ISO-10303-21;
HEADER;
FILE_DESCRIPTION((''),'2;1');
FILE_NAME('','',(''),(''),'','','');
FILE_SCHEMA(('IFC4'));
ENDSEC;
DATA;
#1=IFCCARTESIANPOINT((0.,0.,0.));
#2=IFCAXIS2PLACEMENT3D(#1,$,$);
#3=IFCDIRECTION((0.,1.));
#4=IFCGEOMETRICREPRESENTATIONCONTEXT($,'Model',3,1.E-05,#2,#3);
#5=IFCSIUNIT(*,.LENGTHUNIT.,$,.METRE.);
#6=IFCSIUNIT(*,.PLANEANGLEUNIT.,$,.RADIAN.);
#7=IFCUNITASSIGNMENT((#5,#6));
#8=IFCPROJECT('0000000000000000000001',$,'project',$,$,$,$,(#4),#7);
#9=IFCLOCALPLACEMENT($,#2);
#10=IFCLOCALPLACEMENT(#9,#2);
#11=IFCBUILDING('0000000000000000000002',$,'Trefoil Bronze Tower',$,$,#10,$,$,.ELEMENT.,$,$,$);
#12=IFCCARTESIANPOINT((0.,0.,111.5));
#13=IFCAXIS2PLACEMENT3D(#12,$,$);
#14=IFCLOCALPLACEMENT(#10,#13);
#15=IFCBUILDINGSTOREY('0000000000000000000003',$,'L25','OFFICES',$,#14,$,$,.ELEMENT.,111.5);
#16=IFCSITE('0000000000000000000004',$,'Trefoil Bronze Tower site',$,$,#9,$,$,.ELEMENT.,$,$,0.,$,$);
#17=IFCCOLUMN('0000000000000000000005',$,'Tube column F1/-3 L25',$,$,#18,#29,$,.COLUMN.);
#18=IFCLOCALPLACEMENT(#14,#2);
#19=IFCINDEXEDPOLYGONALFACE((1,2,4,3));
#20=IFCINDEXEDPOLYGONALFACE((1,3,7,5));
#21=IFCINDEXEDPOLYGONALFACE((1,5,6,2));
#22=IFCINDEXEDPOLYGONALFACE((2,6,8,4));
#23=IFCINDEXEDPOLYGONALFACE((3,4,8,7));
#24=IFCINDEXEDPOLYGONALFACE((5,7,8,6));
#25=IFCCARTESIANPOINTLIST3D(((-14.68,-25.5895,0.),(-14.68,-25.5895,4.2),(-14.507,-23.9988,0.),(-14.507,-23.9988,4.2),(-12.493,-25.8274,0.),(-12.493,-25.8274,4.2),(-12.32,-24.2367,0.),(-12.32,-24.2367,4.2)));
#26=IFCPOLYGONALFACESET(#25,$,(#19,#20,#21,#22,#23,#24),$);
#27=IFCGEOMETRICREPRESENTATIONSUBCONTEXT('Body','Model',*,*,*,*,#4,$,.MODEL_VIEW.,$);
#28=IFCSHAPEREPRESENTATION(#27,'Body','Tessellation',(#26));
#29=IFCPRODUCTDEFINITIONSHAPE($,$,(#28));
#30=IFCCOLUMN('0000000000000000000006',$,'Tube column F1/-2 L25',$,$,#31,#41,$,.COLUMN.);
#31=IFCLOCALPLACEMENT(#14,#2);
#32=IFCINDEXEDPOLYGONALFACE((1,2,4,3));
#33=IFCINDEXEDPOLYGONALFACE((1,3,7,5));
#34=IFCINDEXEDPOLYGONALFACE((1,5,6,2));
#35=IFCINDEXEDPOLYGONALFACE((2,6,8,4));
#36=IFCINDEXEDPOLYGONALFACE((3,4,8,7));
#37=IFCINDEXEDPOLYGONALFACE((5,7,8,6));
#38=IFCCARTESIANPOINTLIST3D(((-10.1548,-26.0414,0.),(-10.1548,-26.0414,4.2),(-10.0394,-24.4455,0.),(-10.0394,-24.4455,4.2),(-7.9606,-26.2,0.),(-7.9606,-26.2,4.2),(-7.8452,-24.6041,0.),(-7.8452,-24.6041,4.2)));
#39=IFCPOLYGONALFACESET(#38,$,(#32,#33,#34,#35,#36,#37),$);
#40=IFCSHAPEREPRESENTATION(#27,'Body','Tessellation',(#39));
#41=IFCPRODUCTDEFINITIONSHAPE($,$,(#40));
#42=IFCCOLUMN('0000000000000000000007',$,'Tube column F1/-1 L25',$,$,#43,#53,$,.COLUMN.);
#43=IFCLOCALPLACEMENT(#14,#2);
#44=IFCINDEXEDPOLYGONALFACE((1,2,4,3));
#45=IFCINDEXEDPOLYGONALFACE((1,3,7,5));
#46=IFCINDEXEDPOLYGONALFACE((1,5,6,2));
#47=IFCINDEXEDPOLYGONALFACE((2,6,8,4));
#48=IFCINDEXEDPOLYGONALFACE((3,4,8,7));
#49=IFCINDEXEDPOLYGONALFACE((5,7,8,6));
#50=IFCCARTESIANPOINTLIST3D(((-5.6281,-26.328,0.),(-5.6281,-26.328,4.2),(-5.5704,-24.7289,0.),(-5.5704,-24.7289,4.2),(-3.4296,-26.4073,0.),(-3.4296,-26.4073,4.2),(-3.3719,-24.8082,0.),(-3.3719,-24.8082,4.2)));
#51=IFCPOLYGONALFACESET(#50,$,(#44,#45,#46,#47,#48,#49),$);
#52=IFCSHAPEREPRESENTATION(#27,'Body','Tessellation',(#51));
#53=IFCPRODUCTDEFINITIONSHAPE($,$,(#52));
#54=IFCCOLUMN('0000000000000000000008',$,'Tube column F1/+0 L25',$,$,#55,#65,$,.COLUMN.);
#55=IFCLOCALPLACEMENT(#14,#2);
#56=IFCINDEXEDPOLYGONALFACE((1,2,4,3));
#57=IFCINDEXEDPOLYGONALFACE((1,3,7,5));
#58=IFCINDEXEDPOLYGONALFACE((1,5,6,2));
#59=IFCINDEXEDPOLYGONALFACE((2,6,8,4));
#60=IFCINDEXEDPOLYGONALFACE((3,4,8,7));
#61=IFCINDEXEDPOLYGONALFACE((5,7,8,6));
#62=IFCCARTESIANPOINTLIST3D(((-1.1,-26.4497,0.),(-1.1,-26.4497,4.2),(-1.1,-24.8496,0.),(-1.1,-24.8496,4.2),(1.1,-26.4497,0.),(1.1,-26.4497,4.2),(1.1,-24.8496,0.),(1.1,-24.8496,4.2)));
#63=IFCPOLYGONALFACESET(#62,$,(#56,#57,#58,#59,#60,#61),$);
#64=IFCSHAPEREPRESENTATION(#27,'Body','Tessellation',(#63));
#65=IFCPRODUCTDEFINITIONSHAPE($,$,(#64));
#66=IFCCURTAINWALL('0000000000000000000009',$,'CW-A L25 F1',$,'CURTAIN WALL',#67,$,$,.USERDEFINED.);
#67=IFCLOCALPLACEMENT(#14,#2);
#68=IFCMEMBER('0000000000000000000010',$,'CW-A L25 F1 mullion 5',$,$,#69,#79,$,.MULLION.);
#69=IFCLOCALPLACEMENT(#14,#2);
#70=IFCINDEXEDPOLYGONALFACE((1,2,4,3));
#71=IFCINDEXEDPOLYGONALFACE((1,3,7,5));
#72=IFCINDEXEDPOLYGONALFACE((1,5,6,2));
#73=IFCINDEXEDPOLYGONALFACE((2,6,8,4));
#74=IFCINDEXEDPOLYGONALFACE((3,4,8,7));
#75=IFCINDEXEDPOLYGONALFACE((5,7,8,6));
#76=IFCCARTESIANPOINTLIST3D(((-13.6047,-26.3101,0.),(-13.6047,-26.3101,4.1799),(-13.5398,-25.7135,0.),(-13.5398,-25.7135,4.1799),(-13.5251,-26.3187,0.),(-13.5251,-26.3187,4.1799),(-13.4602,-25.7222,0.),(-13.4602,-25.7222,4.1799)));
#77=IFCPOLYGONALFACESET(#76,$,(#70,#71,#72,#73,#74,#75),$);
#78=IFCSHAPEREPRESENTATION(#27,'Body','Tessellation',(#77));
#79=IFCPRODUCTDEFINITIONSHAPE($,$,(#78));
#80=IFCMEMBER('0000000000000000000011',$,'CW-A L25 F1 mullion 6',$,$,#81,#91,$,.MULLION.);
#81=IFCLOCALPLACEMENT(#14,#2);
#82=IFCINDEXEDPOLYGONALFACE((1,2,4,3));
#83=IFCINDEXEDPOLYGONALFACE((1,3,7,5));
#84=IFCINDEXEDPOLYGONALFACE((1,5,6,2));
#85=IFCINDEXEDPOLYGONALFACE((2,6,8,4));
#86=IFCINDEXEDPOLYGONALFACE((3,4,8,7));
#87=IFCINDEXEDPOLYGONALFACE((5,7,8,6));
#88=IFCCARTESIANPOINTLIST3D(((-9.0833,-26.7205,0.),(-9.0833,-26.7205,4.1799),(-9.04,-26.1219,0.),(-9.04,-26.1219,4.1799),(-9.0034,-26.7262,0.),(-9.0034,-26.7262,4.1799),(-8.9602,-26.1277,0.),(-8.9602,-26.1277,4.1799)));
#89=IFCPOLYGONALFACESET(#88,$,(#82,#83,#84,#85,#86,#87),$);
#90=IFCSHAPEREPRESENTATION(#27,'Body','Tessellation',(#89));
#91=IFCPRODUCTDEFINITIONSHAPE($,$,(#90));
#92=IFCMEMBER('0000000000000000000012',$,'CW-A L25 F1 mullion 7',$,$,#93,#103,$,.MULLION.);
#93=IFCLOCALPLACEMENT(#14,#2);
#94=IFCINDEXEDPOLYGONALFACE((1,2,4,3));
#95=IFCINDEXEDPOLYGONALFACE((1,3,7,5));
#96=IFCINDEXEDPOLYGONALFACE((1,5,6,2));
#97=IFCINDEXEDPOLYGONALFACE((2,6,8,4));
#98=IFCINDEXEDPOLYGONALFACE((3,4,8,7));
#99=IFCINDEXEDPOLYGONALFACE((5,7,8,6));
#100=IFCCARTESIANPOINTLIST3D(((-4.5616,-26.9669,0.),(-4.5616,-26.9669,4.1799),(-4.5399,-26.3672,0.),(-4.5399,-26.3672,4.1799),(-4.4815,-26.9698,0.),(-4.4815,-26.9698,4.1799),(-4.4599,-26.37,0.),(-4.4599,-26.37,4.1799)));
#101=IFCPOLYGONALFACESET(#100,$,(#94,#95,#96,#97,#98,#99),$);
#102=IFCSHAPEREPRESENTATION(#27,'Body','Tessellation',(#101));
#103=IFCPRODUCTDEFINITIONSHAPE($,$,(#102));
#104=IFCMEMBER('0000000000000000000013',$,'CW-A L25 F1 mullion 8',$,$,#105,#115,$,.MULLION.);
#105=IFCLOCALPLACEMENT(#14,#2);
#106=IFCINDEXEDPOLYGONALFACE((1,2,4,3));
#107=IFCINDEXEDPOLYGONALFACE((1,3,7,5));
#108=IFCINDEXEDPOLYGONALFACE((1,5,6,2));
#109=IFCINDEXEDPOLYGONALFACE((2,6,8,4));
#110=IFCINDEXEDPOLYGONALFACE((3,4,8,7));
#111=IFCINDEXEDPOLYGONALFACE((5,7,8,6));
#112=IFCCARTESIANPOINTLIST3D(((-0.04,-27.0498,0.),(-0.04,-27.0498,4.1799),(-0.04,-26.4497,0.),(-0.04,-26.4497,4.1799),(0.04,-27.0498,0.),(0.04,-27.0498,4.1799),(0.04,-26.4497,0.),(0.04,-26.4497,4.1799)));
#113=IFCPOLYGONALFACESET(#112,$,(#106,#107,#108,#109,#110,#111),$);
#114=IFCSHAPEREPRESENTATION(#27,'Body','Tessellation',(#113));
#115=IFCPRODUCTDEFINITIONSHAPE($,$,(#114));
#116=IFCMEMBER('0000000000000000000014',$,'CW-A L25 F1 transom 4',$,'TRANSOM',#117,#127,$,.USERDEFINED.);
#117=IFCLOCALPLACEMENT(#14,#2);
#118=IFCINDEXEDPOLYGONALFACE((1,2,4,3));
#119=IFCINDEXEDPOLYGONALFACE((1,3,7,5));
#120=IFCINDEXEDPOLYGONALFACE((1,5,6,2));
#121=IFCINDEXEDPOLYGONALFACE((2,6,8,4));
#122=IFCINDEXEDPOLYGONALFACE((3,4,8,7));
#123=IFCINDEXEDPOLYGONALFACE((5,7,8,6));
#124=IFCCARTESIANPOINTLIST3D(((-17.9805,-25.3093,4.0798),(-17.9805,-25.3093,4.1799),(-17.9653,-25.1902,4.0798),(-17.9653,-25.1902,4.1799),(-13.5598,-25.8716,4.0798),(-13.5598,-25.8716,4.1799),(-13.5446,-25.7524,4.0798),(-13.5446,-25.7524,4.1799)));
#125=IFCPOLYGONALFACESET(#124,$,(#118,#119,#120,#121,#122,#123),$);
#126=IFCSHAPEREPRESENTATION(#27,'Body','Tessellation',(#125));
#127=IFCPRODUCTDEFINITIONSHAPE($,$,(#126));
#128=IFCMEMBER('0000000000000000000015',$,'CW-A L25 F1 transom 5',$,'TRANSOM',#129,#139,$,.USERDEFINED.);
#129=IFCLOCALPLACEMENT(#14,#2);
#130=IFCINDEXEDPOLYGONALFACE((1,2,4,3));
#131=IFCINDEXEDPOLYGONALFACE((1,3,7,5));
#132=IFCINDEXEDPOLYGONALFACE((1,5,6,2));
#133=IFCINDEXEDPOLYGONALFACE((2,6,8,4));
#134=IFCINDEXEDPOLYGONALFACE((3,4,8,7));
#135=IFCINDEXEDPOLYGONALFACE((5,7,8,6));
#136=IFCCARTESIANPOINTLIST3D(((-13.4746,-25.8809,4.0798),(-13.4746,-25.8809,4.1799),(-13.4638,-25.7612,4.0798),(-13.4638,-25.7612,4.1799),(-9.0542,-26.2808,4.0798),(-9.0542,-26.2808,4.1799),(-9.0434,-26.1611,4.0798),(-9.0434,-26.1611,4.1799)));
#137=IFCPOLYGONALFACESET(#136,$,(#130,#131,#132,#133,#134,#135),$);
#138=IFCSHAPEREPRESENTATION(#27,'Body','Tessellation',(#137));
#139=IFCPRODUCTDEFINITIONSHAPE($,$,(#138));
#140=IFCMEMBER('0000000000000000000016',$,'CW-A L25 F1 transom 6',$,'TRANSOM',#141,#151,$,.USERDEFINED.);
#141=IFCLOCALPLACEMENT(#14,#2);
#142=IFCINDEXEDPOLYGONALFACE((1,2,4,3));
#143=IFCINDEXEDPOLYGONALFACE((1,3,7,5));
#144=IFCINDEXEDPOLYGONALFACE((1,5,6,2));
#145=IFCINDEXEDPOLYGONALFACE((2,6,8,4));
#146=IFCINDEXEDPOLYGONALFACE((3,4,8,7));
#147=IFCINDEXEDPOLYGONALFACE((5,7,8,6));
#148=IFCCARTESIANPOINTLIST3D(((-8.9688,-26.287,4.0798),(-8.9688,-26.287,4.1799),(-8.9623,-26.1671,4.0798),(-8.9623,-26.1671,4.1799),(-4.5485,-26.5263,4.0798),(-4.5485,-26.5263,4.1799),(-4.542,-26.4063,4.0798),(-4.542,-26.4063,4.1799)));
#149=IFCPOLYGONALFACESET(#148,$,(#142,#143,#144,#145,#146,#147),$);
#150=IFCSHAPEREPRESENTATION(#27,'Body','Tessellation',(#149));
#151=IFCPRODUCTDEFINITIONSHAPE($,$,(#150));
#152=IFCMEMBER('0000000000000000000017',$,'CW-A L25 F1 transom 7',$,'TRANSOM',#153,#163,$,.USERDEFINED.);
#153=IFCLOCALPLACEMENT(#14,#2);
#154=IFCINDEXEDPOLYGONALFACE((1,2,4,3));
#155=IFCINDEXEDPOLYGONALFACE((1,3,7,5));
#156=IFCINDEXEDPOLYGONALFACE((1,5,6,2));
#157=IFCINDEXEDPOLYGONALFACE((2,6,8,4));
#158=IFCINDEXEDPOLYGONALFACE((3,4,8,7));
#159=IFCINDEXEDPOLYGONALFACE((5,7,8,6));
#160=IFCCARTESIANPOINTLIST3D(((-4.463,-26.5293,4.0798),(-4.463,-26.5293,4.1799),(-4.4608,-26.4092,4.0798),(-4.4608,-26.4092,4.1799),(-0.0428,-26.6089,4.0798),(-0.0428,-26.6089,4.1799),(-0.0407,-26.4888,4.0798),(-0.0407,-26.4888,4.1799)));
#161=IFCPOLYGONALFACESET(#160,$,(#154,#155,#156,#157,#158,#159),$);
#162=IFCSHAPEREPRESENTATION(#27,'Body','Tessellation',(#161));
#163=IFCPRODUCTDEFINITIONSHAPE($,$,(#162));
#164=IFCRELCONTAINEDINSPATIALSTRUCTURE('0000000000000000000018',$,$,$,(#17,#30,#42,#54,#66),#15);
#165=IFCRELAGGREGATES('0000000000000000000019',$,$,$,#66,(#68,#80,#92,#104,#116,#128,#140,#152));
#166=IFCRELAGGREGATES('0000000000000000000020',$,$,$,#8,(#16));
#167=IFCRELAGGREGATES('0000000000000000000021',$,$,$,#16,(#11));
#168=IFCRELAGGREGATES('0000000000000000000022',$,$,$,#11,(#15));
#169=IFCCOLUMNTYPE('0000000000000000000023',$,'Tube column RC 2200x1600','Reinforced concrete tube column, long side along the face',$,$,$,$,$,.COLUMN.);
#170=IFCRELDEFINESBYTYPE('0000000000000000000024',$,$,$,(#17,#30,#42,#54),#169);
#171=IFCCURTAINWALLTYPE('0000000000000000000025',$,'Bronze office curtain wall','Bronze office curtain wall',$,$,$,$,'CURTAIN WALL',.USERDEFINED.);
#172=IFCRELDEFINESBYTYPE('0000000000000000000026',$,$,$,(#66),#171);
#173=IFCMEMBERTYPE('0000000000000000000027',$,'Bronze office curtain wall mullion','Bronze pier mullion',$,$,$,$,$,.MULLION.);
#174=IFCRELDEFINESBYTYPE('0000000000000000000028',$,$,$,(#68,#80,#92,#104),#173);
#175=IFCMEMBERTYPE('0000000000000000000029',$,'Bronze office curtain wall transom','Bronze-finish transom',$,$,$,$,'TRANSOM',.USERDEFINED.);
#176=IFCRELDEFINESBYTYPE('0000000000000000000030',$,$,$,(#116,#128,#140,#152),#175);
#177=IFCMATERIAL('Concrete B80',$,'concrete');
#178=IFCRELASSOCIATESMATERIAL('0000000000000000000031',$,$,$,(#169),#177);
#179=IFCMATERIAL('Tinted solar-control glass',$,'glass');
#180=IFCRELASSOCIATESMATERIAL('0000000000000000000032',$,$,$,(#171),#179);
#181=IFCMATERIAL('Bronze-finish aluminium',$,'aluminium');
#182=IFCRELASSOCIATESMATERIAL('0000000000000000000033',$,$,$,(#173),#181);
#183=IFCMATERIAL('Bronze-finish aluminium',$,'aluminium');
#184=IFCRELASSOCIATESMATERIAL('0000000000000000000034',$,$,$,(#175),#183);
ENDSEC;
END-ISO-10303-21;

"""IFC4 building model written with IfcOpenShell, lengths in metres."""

from ifc_helpers import new_model, si_unit, direction, frame, origin, origin_2d, place, context, subcontext, project, spatial, rectangle, extrude, material, material_profile, profile_set, type_object, element, aggregate, save


model = new_model("IFC4")

# Units and contexts
model_context = context("Model", 3, precision=1e-05, world=origin(), true_north=direction((0.0, 1.0)))
body_context = subcontext(model_context, "Body", "Model", "MODEL_VIEW")
ifc_project = project(units=[si_unit("LENGTHUNIT", "METRE"), si_unit("PLANEANGLEUNIT", "RADIAN")], contexts=[model_context])

# Site, building, storey
site_placement = place(None, origin())
site = spatial("IfcSite", under=ifc_project, at=site_placement, Name="Trefoil Bronze Tower site", CompositionType="ELEMENT", RefElevation=0.0)
building_placement = place(site_placement, origin())
building = spatial("IfcBuilding", under=site, at=building_placement, Name="Trefoil Bronze Tower", CompositionType="ELEMENT")
storey_placement = place(building_placement, frame((0.0, 0.0, 111.5)))
storey = spatial("IfcBuildingStorey", under=building, at=storey_placement, Name="L25", Description="OFFICES", CompositionType="ELEMENT", Elevation=111.5)

# Columns
ifc_material_1 = material(Name="Concrete B80", Category="concrete")
ifc_material_profile_1 = material_profile(ifc_material_1, rectangle(XDim=2.2, YDim=1.6001, at=origin_2d()), Name="RC 2200x1600")
ifc_profile_set_1 = profile_set([ifc_material_profile_1], Name="Concrete B80")
column_type = type_object("IfcColumnType", Name="Tube column RC 2200x1600", Description="Reinforced concrete tube column, long side along the face", PredefinedType="COLUMN", material=ifc_profile_set_1)
for number, where, z_axis, x_axis, name in (
    (1, (-13.5, -24.9131, 0.0), (0.0, 0.0, 1.0), (0.994135, -0.108144, 0.0), "Tube column F1/-3 L25"),
    (2, (-9.0, -25.3228, 0.0), (0.0, 0.0, 1.0), (0.997398, -0.072096, 0.0), "Tube column F1/-2 L25"),
    (3, (-4.5, -25.5681, 0.0), (0.0, 0.0, 1.0), (0.99935, -0.036048, 0.0), "Tube column F1/-1 L25"),
    (4, (0.0, -25.6497, 0.0), (0.0, 0.0, 1.0), (1.0, 0.0, 0.0), "Tube column F1/+0 L25"),
):
    element("IfcColumn", number, at=place(storey_placement, frame(where, z_axis=z_axis, x_axis=x_axis)), inside=storey, type_object=column_type, Name=name, PredefinedType="COLUMN", context=body_context, shape_type="SweptSolid", body=[
        extrude(rectangle(XDim=2.2, YDim=1.6001, at=origin_2d()), origin(), (0.0, 0.0, 1.0), 4.2),
    ])

# Curtain wall, members
ifc_material_2 = material(Name="Tinted solar-control glass", Category="glass")
curtain_wall_type = type_object("IfcCurtainWallType", Name="Bronze office curtain wall", Description="Bronze office curtain wall", ElementType="CURTAIN WALL", PredefinedType="USERDEFINED", material=ifc_material_2)
curtain_wall_placement = place(storey_placement, origin())
curtain_wall = element("IfcCurtainWall", 5, at=curtain_wall_placement, inside=storey, type_object=curtain_wall_type, Name="CW-A L25 F1", ObjectType="CURTAIN WALL", PredefinedType="USERDEFINED")
ifc_material_3 = material(Name="Bronze-finish aluminium", Category="aluminium")
ifc_material_profile_2 = material_profile(ifc_material_3, rectangle(XDim=0.6001, YDim=0.0801, at=origin_2d()), Name="CW-A mullion")
ifc_profile_set_2 = profile_set([ifc_material_profile_2], Name="Bronze-finish aluminium")
member_type_1 = type_object("IfcMemberType", Name="Bronze office curtain wall mullion", Description="Bronze pier mullion", PredefinedType="MULLION", material=ifc_profile_set_2)
member_1_placement = place(storey_placement, frame((-13.5325, -26.0161, 0.0), z_axis=(0.0, 0.0, 1.0), x_axis=(0.108144, 0.994135, 0.0)))
member_1 = element("IfcMember", 6, at=member_1_placement, type_object=member_type_1, Name="CW-A L25 F1 mullion 5", PredefinedType="MULLION", context=body_context, shape_type="SweptSolid", body=[
    extrude(rectangle(XDim=0.6001, YDim=0.0801, at=origin_2d()), origin(), (0.0, 0.0, 1.0), 4.1799),
])
member_2_placement = place(storey_placement, frame((-9.0217, -26.4241, 0.0), z_axis=(0.0, 0.0, 1.0), x_axis=(0.072096, 0.997398, 0.0)))
member_2 = element("IfcMember", 7, at=member_2_placement, type_object=member_type_1, Name="CW-A L25 F1 mullion 6", PredefinedType="MULLION", context=body_context, shape_type="SweptSolid", body=[
    extrude(rectangle(XDim=0.6001, YDim=0.0801, at=origin_2d()), origin(), (0.0, 0.0, 1.0), 4.1799),
])
member_3_placement = place(storey_placement, frame((-4.5107, -26.6685, 0.0), z_axis=(0.0, 0.0, 1.0), x_axis=(0.036048, 0.99935, 0.0)))
member_3 = element("IfcMember", 8, at=member_3_placement, type_object=member_type_1, Name="CW-A L25 F1 mullion 7", PredefinedType="MULLION", context=body_context, shape_type="SweptSolid", body=[
    extrude(rectangle(XDim=0.6001, YDim=0.0801, at=origin_2d()), origin(), (0.0, 0.0, 1.0), 4.1799),
])
member_4_placement = place(storey_placement, frame((0.0, -26.7498, 0.0), z_axis=(0.0, 0.0, 1.0), x_axis=(0.0, 1.0, 0.0)))
member_4 = element("IfcMember", 9, at=member_4_placement, type_object=member_type_1, Name="CW-A L25 F1 mullion 8", PredefinedType="MULLION", context=body_context, shape_type="SweptSolid", body=[
    extrude(rectangle(XDim=0.6001, YDim=0.0801, at=origin_2d()), origin(), (0.0, 0.0, 1.0), 4.1799),
])
ifc_material_4 = material(Name="Bronze-finish aluminium", Category="aluminium")
ifc_material_profile_3 = material_profile(ifc_material_4, rectangle(XDim=0.1201, YDim=0.1001, at=origin_2d()), Name="CW-A transom")
ifc_profile_set_3 = profile_set([ifc_material_profile_3], Name="Bronze-finish aluminium")
member_type_2 = type_object("IfcMemberType", Name="Bronze office curtain wall transom", Description="Bronze-finish transom", ElementType="TRANSOM", PredefinedType="USERDEFINED", material=ifc_profile_set_3)
member_5_placement = place(storey_placement, frame((-17.9729, -25.2498, 4.1299), z_axis=(0.992008, -0.126172, 0.0), x_axis=(0.126172, 0.992008, 0.0)))
member_5 = element("IfcMember", 10, at=member_5_placement, type_object=member_type_2, Name="CW-A L25 F1 transom 4", ObjectType="TRANSOM", PredefinedType="USERDEFINED", context=body_context, shape_type="SweptSolid", body=[
    extrude(rectangle(XDim=0.1201, YDim=0.1001, at=origin_2d()), origin(), (0.0, 0.0, 1.0), 4.4563),
])
member_6_placement = place(storey_placement, frame((-13.4692, -25.821, 4.1299), z_axis=(0.995933, -0.090099, 0.0), x_axis=(0.090099, 0.995933, 0.0)))
member_6 = element("IfcMember", 11, at=member_6_placement, type_object=member_type_2, Name="CW-A L25 F1 transom 5", ObjectType="TRANSOM", PredefinedType="USERDEFINED", context=body_context, shape_type="SweptSolid", body=[
    extrude(rectangle(XDim=0.1201, YDim=0.1001, at=origin_2d()), origin(), (0.0, 0.0, 1.0), 4.4385),
])
member_7_placement = place(storey_placement, frame((-8.9656, -26.2271, 4.1299), z_axis=(0.998538, -0.05405, 0.0), x_axis=(0.05405, 0.998538, 0.0)))
member_7 = element("IfcMember", 12, at=member_7_placement, type_object=member_type_2, Name="CW-A L25 F1 transom 6", ObjectType="TRANSOM", PredefinedType="USERDEFINED", context=body_context, shape_type="SweptSolid", body=[
    extrude(rectangle(XDim=0.1201, YDim=0.1001, at=origin_2d()), origin(), (0.0, 0.0, 1.0), 4.4268),
])
member_8_placement = place(storey_placement, frame((-4.4619, -26.4692, 4.1299), z_axis=(0.999838, -0.018003, 0.0), x_axis=(0.018003, 0.999838, 0.0)))
member_8 = element("IfcMember", 13, at=member_8_placement, type_object=member_type_2, Name="CW-A L25 F1 transom 7", ObjectType="TRANSOM", PredefinedType="USERDEFINED", context=body_context, shape_type="SweptSolid", body=[
    extrude(rectangle(XDim=0.1201, YDim=0.1001, at=origin_2d()), origin(), (0.0, 0.0, 1.0), 4.4209),
])

aggregate(curtain_wall, [member_1, member_2, member_3, member_4, member_5, member_6, member_7, member_8])

save(model, "model.ifc")
